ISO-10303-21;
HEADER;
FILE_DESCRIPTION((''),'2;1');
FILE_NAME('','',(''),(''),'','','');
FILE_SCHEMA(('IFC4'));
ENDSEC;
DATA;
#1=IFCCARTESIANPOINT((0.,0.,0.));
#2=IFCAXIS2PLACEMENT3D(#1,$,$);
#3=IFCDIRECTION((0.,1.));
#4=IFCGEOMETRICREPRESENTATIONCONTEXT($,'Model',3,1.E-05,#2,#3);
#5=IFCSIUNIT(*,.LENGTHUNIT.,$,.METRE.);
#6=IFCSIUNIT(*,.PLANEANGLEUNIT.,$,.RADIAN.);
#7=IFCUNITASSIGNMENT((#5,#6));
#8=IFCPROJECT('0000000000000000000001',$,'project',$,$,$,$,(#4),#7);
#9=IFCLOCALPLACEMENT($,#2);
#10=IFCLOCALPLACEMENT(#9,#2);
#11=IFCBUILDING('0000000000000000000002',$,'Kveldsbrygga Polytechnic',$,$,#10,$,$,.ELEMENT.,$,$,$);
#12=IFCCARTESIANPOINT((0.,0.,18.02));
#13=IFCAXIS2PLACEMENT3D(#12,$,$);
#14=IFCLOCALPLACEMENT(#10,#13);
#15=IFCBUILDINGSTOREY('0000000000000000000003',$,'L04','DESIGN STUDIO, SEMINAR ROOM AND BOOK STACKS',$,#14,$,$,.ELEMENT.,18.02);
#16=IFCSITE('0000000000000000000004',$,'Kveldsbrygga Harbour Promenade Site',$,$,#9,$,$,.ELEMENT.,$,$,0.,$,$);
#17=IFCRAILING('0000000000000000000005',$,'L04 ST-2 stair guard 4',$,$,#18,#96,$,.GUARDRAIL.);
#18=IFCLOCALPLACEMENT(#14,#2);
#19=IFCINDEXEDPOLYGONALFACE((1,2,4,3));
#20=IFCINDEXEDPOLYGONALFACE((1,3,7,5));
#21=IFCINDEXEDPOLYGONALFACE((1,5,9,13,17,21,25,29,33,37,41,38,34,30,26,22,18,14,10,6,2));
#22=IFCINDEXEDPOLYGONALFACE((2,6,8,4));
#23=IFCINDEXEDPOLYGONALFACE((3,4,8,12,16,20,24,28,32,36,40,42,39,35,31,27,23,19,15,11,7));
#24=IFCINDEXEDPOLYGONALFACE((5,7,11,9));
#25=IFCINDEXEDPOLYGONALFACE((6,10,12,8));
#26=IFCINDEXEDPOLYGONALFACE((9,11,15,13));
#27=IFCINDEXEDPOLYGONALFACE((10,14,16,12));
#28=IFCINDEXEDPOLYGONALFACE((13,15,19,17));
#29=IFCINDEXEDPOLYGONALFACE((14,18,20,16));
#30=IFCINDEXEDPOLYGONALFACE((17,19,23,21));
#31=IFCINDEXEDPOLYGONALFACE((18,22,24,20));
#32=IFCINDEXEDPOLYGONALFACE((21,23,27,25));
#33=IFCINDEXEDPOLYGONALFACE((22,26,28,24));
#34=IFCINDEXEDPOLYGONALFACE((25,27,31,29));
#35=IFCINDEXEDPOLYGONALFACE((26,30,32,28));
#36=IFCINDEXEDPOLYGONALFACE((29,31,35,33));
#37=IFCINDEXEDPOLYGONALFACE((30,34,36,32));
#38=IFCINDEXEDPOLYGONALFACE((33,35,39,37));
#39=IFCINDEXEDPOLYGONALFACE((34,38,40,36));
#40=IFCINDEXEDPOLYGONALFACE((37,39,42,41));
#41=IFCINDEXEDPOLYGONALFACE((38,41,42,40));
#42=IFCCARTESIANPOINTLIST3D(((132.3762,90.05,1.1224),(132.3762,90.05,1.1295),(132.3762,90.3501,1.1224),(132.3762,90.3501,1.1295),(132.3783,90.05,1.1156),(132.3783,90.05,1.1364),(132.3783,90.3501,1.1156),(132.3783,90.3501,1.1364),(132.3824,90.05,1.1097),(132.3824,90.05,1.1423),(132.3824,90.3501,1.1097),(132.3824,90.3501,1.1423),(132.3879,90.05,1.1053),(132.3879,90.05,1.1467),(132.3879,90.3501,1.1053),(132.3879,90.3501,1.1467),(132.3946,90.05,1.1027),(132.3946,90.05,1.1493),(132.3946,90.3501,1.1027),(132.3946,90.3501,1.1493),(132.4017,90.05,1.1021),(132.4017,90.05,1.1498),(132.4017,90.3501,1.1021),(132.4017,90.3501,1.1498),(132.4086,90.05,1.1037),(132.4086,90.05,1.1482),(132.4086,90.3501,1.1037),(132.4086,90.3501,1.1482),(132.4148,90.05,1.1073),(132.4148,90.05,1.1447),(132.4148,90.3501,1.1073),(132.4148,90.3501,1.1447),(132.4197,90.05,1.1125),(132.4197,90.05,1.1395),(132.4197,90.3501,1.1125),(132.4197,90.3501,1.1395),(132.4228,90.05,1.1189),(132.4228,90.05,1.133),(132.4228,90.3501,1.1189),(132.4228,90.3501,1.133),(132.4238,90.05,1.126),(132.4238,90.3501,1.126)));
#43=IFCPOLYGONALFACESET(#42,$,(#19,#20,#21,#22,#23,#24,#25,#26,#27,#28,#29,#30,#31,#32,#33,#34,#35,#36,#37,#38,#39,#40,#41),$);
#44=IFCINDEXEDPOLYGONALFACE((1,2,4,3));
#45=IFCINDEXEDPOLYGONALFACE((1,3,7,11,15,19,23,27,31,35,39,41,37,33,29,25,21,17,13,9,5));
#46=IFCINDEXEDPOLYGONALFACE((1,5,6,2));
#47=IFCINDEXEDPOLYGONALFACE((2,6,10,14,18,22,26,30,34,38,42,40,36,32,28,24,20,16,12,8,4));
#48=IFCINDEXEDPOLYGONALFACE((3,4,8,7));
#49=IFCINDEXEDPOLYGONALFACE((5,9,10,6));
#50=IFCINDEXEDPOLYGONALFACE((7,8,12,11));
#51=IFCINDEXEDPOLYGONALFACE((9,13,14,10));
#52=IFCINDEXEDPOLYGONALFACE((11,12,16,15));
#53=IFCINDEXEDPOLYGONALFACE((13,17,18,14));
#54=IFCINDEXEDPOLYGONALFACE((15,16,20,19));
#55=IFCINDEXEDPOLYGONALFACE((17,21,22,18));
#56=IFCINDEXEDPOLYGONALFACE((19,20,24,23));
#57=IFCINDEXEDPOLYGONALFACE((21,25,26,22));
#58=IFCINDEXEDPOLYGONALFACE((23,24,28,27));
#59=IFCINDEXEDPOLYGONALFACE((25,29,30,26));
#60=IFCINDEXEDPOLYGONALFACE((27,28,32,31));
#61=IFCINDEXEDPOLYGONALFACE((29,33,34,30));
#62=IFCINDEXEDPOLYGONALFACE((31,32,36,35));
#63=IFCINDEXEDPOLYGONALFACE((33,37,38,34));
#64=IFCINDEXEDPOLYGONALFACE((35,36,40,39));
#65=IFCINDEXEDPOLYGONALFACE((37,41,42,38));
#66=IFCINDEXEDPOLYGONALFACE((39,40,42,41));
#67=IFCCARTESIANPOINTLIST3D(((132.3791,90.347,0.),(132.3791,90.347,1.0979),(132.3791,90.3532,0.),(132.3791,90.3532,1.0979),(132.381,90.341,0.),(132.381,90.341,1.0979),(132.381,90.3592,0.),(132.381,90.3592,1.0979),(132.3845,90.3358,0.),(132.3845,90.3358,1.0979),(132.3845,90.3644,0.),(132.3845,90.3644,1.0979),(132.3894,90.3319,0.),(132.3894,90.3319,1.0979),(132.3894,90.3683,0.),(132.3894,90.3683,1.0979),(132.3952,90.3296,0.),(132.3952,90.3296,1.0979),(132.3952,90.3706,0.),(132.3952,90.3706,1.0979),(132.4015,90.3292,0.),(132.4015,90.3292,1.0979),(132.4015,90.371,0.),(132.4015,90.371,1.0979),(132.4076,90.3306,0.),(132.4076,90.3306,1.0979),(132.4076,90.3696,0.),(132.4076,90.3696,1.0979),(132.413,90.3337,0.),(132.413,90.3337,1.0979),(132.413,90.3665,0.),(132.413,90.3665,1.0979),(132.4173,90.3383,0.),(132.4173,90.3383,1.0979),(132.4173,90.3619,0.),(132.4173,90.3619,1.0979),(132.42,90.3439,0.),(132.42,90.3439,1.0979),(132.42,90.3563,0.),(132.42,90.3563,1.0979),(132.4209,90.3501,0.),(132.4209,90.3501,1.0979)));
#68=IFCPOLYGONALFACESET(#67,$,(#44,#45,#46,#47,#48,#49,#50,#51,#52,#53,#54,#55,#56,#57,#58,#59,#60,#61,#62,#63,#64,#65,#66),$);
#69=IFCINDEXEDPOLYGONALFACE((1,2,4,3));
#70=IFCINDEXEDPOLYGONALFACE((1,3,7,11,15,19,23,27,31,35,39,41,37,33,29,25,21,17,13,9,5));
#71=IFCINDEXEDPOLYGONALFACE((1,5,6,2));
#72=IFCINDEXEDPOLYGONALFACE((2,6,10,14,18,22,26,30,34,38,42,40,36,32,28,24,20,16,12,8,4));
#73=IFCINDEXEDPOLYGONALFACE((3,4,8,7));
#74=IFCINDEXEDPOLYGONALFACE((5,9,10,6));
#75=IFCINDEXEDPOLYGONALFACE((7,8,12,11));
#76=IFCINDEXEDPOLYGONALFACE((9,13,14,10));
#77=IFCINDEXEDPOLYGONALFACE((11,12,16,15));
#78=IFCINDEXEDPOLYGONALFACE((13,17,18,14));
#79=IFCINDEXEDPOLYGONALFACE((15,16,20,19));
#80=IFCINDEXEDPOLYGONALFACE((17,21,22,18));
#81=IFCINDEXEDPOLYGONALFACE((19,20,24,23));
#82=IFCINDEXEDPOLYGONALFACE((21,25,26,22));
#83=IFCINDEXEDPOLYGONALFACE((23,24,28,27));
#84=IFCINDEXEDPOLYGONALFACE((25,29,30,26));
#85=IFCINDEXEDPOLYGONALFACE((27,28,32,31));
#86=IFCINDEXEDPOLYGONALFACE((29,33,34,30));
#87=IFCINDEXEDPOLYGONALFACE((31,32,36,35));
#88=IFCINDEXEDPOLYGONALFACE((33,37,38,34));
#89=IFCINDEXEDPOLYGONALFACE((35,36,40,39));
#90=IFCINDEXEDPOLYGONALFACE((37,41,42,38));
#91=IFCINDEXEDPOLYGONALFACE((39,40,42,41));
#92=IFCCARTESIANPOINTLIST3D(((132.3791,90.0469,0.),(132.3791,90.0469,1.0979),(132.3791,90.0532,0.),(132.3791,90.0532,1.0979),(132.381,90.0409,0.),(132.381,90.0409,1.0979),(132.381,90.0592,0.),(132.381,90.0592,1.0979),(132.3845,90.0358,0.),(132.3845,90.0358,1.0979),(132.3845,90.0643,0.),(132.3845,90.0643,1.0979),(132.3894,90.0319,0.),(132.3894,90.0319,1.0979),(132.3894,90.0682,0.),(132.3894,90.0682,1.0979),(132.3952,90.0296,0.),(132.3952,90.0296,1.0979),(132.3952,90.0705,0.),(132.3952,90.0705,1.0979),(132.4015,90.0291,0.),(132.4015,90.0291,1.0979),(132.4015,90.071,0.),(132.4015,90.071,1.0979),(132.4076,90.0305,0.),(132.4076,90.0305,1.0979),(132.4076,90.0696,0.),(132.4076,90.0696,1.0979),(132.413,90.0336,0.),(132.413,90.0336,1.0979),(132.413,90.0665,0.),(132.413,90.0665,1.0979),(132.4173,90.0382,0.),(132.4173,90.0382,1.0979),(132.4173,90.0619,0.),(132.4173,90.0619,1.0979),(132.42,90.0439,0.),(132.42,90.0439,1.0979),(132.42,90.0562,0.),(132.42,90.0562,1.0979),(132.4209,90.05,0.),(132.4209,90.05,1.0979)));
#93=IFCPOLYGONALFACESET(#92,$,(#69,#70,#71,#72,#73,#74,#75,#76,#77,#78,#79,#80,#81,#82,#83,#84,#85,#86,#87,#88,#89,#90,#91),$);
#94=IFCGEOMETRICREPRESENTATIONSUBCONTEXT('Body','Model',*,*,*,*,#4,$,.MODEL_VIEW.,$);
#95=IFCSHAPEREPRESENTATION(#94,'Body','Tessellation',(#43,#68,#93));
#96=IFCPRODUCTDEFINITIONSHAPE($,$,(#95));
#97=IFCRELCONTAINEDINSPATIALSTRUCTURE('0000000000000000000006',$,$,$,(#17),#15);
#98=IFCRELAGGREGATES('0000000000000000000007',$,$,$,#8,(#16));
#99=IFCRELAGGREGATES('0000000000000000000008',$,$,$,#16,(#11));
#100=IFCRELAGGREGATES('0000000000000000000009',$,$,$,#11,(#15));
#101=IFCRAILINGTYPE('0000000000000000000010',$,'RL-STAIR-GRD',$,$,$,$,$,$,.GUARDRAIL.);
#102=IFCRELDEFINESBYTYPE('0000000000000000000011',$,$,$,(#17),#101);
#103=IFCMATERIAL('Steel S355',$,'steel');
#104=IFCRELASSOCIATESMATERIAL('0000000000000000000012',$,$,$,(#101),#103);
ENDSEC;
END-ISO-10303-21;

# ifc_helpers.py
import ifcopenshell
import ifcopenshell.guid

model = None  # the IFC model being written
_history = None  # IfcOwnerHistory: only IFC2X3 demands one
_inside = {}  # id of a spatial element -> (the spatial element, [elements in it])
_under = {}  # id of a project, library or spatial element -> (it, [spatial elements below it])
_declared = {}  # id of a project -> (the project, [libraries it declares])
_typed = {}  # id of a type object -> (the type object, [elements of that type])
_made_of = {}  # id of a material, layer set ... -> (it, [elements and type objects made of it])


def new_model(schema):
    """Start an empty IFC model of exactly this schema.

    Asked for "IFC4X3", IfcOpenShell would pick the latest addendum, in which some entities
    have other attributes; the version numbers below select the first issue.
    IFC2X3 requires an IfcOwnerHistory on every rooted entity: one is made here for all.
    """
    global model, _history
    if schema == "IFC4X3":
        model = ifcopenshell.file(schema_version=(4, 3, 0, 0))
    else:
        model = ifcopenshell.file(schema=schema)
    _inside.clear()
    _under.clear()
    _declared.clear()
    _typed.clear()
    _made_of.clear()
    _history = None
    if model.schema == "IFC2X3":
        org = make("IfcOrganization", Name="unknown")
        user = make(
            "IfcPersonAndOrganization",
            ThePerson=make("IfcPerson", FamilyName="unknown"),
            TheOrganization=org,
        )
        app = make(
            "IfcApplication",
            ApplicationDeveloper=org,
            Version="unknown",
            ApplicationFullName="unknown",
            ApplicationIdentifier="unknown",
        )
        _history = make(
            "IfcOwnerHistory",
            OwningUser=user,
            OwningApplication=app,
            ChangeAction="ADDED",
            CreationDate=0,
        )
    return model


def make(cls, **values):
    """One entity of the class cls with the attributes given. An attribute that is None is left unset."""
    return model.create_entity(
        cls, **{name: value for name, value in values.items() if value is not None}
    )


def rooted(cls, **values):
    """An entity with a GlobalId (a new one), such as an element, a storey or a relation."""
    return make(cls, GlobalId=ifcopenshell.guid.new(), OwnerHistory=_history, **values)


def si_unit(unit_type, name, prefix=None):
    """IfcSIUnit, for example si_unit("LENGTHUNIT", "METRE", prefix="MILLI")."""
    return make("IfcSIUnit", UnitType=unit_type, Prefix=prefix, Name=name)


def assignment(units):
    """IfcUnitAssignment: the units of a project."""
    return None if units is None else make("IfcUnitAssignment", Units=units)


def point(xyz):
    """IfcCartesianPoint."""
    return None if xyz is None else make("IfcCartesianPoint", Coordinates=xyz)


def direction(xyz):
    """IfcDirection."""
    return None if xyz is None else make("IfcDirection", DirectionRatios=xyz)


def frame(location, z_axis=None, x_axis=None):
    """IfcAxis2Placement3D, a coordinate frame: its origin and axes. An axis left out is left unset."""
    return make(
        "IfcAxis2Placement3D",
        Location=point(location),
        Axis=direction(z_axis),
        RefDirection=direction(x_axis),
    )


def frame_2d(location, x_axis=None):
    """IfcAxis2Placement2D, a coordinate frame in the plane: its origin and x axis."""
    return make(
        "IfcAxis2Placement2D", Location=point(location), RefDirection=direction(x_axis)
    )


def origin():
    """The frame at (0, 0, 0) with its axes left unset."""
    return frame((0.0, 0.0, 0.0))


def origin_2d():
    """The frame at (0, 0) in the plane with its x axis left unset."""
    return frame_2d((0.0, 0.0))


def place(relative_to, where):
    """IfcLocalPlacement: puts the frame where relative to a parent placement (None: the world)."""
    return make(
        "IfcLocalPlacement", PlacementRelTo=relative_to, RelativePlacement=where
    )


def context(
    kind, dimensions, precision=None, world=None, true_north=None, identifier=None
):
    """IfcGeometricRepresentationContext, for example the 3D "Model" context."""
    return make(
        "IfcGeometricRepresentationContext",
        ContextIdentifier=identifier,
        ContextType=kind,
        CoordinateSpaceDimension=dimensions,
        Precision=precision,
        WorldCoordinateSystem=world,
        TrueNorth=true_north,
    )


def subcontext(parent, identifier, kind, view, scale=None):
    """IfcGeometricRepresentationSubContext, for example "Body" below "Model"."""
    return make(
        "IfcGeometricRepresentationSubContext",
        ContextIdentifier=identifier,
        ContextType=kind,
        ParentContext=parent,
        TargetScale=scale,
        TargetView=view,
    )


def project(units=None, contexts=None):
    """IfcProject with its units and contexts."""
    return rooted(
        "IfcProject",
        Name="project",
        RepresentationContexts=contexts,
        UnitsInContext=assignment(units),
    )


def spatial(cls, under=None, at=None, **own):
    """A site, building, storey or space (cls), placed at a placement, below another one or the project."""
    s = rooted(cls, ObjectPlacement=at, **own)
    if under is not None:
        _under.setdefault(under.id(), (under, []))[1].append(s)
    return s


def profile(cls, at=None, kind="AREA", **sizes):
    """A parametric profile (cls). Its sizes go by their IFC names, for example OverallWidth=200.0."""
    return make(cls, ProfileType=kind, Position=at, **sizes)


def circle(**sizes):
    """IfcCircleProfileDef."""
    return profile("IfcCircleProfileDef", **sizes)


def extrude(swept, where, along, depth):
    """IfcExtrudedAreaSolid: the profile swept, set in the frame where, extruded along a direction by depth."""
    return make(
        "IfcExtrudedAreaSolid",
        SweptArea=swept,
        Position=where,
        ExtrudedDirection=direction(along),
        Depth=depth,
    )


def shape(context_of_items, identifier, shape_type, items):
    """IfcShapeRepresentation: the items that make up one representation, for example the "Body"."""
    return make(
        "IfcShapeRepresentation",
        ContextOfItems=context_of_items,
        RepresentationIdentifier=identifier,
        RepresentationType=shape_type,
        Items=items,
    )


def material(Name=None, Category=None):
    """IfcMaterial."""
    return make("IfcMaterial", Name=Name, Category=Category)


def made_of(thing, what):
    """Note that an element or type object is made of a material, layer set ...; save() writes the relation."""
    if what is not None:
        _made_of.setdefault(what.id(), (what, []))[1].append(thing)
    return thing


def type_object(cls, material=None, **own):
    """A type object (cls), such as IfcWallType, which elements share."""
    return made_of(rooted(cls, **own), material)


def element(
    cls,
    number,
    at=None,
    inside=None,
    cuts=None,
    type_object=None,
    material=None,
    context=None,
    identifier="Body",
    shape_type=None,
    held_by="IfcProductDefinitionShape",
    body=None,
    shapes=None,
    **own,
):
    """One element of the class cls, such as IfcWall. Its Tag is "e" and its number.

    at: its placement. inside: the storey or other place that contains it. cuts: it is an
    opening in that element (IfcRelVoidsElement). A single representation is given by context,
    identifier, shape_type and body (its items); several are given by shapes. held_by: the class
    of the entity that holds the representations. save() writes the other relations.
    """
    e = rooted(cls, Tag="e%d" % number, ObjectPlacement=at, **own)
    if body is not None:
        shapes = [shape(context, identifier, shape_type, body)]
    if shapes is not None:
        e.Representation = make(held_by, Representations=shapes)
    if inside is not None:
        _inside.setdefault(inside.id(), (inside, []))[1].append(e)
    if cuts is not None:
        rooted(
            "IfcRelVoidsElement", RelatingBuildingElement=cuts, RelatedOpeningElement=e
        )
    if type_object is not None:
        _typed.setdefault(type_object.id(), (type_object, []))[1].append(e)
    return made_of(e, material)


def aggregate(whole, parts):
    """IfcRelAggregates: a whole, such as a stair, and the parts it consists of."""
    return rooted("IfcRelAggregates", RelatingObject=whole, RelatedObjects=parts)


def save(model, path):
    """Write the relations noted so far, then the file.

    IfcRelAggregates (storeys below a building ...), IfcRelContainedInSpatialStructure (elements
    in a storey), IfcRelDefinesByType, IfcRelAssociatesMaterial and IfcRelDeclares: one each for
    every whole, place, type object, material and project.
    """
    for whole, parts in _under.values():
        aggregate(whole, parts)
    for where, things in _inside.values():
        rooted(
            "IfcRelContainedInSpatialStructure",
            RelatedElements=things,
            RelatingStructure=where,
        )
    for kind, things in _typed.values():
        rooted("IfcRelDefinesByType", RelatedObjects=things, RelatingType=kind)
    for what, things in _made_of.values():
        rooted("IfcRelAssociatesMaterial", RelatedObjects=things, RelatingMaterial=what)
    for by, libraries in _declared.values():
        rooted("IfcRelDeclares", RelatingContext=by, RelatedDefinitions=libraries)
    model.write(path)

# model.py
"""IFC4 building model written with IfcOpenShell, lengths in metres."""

from ifc_helpers import new_model, si_unit, direction, frame, origin, origin_2d, place, context, subcontext, project, spatial, circle, extrude, material, type_object, element, save


model = new_model("IFC4")

# Units and contexts
model_context = context("Model", 3, precision=1e-05, world=origin(), true_north=direction((0.0, 1.0)))
body_context = subcontext(model_context, "Body", "Model", "MODEL_VIEW")
ifc_project = project(units=[si_unit("LENGTHUNIT", "METRE"), si_unit("PLANEANGLEUNIT", "RADIAN")], contexts=[model_context])

# Site, building, storey
site_placement = place(None, origin())
site = spatial("IfcSite", under=ifc_project, at=site_placement, Name="Kveldsbrygga Harbour Promenade Site", CompositionType="ELEMENT", RefElevation=0.0)
building_placement = place(site_placement, origin())
building = spatial("IfcBuilding", under=site, at=building_placement, Name="Kveldsbrygga Polytechnic", CompositionType="ELEMENT")
storey_placement = place(building_placement, frame((0.0, 0.0, 18.02)))
storey = spatial("IfcBuildingStorey", under=building, at=storey_placement, Name="L04", Description="DESIGN STUDIO, SEMINAR ROOM AND BOOK STACKS", CompositionType="ELEMENT", Elevation=18.02)

# Shared definitions
ifc_material_1 = material(Name="Steel S355", Category="steel")

# Railing
railing_type_1 = type_object("IfcRailingType", Name="RL-STAIR-GRD", PredefinedType="GUARDRAIL", material=ifc_material_1)
railing_1_placement = place(storey_placement, frame((132.3999, 90.3501, 0.0)))
element("IfcRailing", 1, at=railing_1_placement, inside=storey, type_object=railing_type_1, Name="L04 ST-2 stair guard 4", PredefinedType="GUARDRAIL", context=body_context, shape_type="SweptSolid", body=[
    extrude(circle(Radius=0.0239, at=origin_2d()), frame((0.0, 0.0, 1.126), z_axis=(0.0, -1.0, 0.0), x_axis=(1.0, 0.0, 0.0)), (0.0, 0.0, 1.0), 0.3),
    extrude(circle(Radius=0.021, at=origin_2d()), origin(), (0.0, 0.0, 1.0), 1.0979),
    extrude(circle(Radius=0.021, at=origin_2d()), frame((0.0, -0.3, 0.0)), (0.0, 0.0, 1.0), 1.0979),
])

save(model, "model.ifc")
